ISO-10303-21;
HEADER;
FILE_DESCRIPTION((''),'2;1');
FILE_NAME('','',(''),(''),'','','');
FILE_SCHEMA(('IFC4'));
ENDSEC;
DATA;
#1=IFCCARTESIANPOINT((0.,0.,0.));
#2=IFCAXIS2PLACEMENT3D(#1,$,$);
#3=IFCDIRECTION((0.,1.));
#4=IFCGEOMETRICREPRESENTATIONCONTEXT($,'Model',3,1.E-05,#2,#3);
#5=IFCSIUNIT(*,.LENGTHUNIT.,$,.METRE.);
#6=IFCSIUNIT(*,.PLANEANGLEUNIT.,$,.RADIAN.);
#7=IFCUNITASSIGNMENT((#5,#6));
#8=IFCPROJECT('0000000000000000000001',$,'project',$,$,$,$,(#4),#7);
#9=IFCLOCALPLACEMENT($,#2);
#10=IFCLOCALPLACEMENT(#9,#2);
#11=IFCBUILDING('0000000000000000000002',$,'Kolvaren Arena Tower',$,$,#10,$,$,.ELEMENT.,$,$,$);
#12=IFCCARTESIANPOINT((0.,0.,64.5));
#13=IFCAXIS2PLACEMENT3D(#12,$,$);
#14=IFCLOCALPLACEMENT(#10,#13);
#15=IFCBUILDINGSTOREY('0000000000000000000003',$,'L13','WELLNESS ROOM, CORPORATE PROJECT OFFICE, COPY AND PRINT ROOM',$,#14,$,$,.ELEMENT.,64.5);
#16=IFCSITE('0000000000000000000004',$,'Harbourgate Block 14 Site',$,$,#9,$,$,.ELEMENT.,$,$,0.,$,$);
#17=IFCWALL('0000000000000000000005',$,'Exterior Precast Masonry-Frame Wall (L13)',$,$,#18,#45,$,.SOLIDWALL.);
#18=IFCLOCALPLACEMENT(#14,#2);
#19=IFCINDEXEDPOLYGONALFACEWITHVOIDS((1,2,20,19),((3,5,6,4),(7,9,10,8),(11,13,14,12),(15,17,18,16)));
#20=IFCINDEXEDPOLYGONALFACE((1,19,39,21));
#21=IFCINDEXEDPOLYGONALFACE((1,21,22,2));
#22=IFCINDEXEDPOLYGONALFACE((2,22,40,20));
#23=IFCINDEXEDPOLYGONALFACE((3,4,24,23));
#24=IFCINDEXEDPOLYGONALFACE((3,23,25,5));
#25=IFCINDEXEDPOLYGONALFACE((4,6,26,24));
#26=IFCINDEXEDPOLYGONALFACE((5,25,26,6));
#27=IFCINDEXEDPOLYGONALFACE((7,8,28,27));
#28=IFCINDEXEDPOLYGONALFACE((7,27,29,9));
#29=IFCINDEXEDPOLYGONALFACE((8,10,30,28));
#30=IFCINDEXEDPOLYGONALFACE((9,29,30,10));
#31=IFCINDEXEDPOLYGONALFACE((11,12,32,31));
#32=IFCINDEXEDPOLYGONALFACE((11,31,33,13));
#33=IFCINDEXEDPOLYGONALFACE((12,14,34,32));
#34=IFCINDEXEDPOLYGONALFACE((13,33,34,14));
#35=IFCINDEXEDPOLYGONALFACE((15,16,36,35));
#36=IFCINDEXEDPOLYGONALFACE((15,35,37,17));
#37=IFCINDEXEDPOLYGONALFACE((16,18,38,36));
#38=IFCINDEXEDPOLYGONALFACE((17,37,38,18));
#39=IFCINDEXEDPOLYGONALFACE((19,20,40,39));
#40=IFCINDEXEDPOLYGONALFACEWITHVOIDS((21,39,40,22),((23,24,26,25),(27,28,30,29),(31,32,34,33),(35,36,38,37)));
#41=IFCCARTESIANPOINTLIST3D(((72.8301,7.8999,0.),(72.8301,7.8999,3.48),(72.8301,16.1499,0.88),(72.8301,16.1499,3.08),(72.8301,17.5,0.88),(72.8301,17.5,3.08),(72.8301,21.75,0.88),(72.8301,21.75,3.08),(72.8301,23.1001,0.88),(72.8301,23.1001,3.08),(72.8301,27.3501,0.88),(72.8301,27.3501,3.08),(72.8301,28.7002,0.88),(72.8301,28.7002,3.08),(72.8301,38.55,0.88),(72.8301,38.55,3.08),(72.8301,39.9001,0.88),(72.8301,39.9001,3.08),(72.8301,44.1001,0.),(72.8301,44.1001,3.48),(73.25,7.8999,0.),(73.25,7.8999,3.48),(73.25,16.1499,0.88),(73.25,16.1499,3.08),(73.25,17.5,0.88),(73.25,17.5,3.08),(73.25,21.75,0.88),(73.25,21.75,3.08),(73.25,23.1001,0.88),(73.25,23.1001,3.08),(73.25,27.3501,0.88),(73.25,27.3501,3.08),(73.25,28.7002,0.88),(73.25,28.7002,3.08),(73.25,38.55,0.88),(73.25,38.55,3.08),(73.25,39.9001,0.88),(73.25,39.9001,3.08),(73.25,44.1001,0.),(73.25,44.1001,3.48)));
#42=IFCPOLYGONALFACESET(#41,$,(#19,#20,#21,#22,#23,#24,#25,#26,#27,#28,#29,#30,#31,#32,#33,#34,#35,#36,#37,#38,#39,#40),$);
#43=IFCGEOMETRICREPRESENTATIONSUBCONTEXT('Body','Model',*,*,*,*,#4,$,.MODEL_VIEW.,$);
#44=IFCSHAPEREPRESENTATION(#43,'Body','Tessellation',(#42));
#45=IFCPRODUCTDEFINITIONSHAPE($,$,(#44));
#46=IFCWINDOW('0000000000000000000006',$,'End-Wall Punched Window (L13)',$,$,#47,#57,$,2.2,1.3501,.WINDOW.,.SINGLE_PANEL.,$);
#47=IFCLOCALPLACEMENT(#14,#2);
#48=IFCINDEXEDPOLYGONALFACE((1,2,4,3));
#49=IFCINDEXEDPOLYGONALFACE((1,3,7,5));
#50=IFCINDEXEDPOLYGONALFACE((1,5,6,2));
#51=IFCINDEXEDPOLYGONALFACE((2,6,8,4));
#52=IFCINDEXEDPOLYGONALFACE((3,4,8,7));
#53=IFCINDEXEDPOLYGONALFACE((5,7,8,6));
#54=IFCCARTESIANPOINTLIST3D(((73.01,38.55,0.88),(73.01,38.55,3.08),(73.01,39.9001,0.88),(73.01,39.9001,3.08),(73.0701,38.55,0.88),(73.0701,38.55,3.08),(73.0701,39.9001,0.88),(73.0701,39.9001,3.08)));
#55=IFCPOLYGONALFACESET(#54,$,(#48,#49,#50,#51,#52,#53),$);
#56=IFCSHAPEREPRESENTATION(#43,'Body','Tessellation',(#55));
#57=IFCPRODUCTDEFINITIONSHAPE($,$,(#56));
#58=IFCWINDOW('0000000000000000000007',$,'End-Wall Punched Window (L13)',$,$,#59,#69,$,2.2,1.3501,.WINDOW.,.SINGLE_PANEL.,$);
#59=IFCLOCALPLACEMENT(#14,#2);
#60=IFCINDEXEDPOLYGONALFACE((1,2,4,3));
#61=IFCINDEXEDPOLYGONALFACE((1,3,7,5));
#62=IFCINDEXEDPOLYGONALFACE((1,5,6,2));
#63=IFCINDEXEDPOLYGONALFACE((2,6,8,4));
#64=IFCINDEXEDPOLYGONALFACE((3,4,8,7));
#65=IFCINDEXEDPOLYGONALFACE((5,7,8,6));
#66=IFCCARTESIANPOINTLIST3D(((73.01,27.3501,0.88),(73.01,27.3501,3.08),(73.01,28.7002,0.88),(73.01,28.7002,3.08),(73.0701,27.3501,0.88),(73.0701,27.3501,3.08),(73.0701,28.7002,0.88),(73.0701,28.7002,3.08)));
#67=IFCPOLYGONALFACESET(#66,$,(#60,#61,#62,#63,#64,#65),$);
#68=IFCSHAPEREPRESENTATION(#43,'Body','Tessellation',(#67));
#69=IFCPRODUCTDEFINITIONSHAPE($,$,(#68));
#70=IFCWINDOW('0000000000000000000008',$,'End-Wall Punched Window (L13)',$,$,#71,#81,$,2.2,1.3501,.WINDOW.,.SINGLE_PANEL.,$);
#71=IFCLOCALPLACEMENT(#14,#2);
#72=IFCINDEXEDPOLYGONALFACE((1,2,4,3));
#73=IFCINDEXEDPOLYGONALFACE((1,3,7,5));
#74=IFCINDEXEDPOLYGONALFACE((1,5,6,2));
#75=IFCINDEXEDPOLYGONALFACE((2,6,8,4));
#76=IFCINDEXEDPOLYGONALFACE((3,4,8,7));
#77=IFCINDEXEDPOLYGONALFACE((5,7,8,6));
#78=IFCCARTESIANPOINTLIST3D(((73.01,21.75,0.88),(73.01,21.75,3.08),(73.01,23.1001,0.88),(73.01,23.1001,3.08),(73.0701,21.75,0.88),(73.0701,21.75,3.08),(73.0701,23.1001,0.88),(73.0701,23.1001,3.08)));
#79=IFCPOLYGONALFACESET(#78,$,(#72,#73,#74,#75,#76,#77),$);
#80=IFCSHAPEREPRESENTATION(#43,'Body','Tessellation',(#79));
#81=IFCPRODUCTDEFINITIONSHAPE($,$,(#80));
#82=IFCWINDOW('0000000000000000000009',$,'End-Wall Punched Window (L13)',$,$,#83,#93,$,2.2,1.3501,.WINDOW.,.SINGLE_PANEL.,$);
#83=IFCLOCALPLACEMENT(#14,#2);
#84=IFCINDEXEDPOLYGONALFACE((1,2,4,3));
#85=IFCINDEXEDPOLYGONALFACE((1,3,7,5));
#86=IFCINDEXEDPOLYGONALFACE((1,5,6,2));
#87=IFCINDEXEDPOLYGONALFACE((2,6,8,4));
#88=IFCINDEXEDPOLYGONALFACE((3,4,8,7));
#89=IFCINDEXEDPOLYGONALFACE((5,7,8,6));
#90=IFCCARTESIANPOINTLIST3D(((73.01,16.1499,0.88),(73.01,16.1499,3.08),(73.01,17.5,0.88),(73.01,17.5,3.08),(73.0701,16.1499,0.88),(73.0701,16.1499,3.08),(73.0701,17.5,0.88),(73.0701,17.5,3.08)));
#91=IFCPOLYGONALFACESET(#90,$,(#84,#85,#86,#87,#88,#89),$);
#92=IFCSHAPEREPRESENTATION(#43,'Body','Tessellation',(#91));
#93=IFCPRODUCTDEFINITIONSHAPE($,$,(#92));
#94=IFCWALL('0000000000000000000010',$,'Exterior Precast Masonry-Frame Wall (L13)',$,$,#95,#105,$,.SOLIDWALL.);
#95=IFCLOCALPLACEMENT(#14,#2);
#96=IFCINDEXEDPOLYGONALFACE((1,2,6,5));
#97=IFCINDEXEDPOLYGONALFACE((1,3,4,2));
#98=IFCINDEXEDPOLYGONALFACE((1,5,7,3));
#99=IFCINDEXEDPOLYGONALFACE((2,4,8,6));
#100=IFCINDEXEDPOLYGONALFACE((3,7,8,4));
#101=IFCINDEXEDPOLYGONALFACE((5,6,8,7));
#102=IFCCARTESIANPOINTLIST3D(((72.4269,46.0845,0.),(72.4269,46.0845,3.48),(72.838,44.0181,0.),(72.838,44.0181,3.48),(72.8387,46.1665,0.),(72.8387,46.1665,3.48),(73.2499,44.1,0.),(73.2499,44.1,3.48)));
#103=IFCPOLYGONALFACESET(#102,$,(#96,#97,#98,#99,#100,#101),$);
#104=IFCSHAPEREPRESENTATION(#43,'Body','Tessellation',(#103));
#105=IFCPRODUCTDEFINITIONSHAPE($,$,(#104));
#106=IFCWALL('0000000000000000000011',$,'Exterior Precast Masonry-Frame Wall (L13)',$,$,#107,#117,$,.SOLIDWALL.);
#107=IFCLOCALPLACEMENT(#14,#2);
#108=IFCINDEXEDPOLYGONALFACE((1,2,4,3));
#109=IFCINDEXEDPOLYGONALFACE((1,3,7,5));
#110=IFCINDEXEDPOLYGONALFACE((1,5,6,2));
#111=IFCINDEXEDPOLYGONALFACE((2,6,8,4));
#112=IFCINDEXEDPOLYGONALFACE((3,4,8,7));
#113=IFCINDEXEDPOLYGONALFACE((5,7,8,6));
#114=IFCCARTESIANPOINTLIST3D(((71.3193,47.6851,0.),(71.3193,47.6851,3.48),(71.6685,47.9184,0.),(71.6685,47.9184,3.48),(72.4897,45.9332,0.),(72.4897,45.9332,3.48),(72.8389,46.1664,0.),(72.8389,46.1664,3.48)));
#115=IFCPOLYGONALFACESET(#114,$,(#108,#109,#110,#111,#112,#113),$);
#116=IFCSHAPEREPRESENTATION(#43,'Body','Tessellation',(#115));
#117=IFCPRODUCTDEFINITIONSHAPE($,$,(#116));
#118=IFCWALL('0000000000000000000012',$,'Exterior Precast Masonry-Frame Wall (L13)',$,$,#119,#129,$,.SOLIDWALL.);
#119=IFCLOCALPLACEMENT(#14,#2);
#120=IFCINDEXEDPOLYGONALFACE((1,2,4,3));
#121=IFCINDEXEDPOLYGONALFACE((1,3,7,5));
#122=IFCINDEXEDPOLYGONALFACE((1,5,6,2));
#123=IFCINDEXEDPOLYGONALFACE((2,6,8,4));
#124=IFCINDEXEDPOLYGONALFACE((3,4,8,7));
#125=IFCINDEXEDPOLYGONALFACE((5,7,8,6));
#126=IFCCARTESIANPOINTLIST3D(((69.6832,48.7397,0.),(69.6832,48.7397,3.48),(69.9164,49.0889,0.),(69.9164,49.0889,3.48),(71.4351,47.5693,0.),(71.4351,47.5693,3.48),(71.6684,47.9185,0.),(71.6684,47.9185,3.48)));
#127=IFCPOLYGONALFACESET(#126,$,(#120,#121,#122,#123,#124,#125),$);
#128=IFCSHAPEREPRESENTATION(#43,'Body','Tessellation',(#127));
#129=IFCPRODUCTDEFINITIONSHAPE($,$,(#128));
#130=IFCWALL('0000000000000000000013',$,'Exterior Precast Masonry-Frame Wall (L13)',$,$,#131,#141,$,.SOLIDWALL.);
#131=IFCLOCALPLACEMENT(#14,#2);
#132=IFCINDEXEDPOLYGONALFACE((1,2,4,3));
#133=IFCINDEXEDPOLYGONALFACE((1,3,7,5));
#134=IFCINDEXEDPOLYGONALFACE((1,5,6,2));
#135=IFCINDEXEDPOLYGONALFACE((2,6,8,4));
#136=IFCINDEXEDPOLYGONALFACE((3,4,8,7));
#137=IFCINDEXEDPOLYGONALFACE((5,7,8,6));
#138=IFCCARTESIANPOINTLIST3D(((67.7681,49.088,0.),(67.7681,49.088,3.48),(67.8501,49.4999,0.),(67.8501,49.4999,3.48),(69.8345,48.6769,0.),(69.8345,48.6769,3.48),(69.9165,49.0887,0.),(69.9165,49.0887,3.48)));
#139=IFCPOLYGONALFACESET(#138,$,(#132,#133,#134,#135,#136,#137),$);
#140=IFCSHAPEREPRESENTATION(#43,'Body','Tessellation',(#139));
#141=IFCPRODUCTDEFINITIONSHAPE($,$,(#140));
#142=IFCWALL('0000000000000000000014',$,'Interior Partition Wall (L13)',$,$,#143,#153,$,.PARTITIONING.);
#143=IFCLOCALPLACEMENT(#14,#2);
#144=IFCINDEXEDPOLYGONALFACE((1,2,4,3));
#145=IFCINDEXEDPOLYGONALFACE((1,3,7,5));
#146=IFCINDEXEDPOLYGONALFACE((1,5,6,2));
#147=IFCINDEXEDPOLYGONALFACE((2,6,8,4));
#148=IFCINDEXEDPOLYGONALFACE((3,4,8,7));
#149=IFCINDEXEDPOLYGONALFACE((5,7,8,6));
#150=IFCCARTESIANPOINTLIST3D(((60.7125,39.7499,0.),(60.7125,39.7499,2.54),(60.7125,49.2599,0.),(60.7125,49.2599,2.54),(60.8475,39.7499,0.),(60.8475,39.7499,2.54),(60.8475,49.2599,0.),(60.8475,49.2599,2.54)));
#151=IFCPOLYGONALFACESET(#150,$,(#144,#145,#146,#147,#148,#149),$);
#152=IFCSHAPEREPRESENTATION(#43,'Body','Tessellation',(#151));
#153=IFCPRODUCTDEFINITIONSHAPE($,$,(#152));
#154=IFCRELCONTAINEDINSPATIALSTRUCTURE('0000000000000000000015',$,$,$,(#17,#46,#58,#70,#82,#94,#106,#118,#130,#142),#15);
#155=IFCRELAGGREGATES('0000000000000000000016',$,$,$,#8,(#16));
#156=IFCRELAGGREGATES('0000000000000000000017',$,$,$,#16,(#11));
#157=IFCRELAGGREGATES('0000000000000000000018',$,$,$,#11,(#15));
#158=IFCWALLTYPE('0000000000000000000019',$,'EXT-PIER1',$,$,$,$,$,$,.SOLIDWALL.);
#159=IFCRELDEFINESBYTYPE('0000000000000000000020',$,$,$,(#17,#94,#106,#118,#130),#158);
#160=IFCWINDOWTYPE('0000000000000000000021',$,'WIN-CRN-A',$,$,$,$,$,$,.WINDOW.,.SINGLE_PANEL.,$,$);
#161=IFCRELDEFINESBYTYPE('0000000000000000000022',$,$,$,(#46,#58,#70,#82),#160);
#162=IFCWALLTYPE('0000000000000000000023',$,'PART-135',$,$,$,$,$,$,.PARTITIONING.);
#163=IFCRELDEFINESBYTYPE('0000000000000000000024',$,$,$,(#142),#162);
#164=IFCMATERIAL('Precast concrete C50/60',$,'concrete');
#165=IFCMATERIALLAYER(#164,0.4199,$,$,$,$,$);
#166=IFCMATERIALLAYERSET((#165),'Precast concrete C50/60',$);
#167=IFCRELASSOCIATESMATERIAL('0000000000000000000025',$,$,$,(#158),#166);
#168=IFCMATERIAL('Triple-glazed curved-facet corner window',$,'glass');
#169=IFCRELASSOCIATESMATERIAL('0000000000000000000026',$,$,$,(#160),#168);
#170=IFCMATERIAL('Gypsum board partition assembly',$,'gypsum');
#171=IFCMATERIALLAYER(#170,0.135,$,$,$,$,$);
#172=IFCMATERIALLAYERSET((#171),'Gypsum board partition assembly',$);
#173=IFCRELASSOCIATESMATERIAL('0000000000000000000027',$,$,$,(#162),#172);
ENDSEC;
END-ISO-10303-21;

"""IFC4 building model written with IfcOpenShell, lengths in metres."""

from ifc_helpers import new_model, si_unit, direction, frame, frame_2d, origin, place, context, subcontext, project, spatial, rectangle, extrude, material, layer, layer_set, type_object, element, fill, save


model = new_model("IFC4")

# Units and contexts
model_context = context("Model", 3, precision=1e-05, world=origin(), true_north=direction((0.0, 1.0)))
body_context = subcontext(model_context, "Body", "Model", "MODEL_VIEW")
ifc_project = project(units=[si_unit("LENGTHUNIT", "METRE"), si_unit("PLANEANGLEUNIT", "RADIAN")], contexts=[model_context])

# Site, building, storey
site_placement = place(None, origin())
site = spatial("IfcSite", under=ifc_project, at=site_placement, Name="Harbourgate Block 14 Site", CompositionType="ELEMENT", RefElevation=0.0)
building_placement = place(site_placement, origin())
building = spatial("IfcBuilding", under=site, at=building_placement, Name="Kolvaren Arena Tower", CompositionType="ELEMENT")
storey_placement = place(building_placement, frame((0.0, 0.0, 64.5)))
storey = spatial("IfcBuildingStorey", under=building, at=storey_placement, Name="L13", Description="WELLNESS ROOM, CORPORATE PROJECT OFFICE, COPY AND PRINT ROOM", CompositionType="ELEMENT", Elevation=64.5)

# Wall, openings, windows
ifc_material_1 = material(Name="Precast concrete C50/60", Category="concrete")
ifc_layer_1 = layer(ifc_material_1, 0.4199)
ifc_layer_set_1 = layer_set([ifc_layer_1], Name="Precast concrete C50/60")
wall_type_1 = type_object("IfcWallType", Name="EXT-PIER1", PredefinedType="SOLIDWALL", material=ifc_layer_set_1)
wall_1_placement = place(storey_placement, frame((73.04, 44.1001, 0.0), z_axis=(0.0, 0.0, 1.0), x_axis=(0.0, -1.0, 0.0)))
wall_1 = element("IfcWall", 1, at=wall_1_placement, inside=storey, type_object=wall_type_1, Name="Exterior Precast Masonry-Frame Wall (L13)", PredefinedType="SOLIDWALL", context=body_context, shape_type="SweptSolid", body=[
    extrude(rectangle(XDim=36.2002, YDim=0.4199, at=frame_2d((18.1001, 0.0))), origin(), (0.0, 0.0, 1.0), 3.48),
])
opening_1_placement = place(wall_1_placement, frame((4.2, 0.0, 0.8799)))
opening_1 = element("IfcOpeningElement", 2, at=opening_1_placement, cuts=wall_1, PredefinedType="OPENING", context=body_context, shape_type="SweptSolid", body=[
    extrude(rectangle(XDim=1.3501, YDim=2.2, at=frame_2d((0.675, 1.1001))), frame((0.0, 0.22, 0.0), z_axis=(0.0, -1.0, 0.0), x_axis=(1.0, 0.0, 0.0)), (0.0, 0.0, 1.0), 0.4399),
])
opening_2_placement = place(wall_1_placement, frame((15.3999, 0.0, 0.8799)))
opening_2 = element("IfcOpeningElement", 3, at=opening_2_placement, cuts=wall_1, PredefinedType="OPENING", context=body_context, shape_type="SweptSolid", body=[
    extrude(rectangle(XDim=1.3501, YDim=2.2, at=frame_2d((0.675, 1.1001))), frame((0.0, 0.22, 0.0), z_axis=(0.0, -1.0, 0.0), x_axis=(1.0, 0.0, 0.0)), (0.0, 0.0, 1.0), 0.4399),
])
opening_3_placement = place(wall_1_placement, frame((21.0, 0.0, 0.8799)))
opening_3 = element("IfcOpeningElement", 4, at=opening_3_placement, cuts=wall_1, PredefinedType="OPENING", context=body_context, shape_type="SweptSolid", body=[
    extrude(rectangle(XDim=1.3501, YDim=2.2, at=frame_2d((0.675, 1.1001))), frame((0.0, 0.22, 0.0), z_axis=(0.0, -1.0, 0.0), x_axis=(1.0, 0.0, 0.0)), (0.0, 0.0, 1.0), 0.4399),
])
opening_4_placement = place(wall_1_placement, frame((26.6001, 0.0, 0.8799)))
opening_4 = element("IfcOpeningElement", 5, at=opening_4_placement, cuts=wall_1, PredefinedType="OPENING", context=body_context, shape_type="SweptSolid", body=[
    extrude(rectangle(XDim=1.3501, YDim=2.2, at=frame_2d((0.675, 1.1001))), frame((0.0, 0.22, 0.0), z_axis=(0.0, -1.0, 0.0), x_axis=(1.0, 0.0, 0.0)), (0.0, 0.0, 1.0), 0.4399),
])
ifc_material_2 = material(Name="Triple-glazed curved-facet corner window", Category="glass")
window_type = type_object("IfcWindowType", Name="WIN-CRN-A", PartitioningType="SINGLE_PANEL", PredefinedType="WINDOW", material=ifc_material_2)
window_1_placement = place(opening_1_placement, origin())
window_1 = element("IfcWindow", 6, at=window_1_placement, inside=storey, type_object=window_type, Name="End-Wall Punched Window (L13)", OverallHeight=2.2, OverallWidth=1.3501, PartitioningType="SINGLE_PANEL", PredefinedType="WINDOW", context=body_context, shape_type="SweptSolid", body=[
    extrude(rectangle(XDim=1.3501, YDim=2.2, at=frame_2d((0.675, 1.1001))), frame((0.0, 0.03, 0.0), z_axis=(0.0, -1.0, 0.0), x_axis=(1.0, 0.0, 0.0)), (0.0, 0.0, 1.0), 0.0601),
])
fill(opening_1, window_1)
window_2_placement = place(opening_2_placement, origin())
window_2 = element("IfcWindow", 7, at=window_2_placement, inside=storey, type_object=window_type, Name="End-Wall Punched Window (L13)", OverallHeight=2.2, OverallWidth=1.3501, PartitioningType="SINGLE_PANEL", PredefinedType="WINDOW", context=body_context, shape_type="SweptSolid", body=[
    extrude(rectangle(XDim=1.3501, YDim=2.2, at=frame_2d((0.675, 1.1001))), frame((0.0, 0.03, 0.0), z_axis=(0.0, -1.0, 0.0), x_axis=(1.0, 0.0, 0.0)), (0.0, 0.0, 1.0), 0.0601),
])
fill(opening_2, window_2)
window_3_placement = place(opening_3_placement, origin())
window_3 = element("IfcWindow", 8, at=window_3_placement, inside=storey, type_object=window_type, Name="End-Wall Punched Window (L13)", OverallHeight=2.2, OverallWidth=1.3501, PartitioningType="SINGLE_PANEL", PredefinedType="WINDOW", context=body_context, shape_type="SweptSolid", body=[
    extrude(rectangle(XDim=1.3501, YDim=2.2, at=frame_2d((0.675, 1.1001))), frame((0.0, 0.03, 0.0), z_axis=(0.0, -1.0, 0.0), x_axis=(1.0, 0.0, 0.0)), (0.0, 0.0, 1.0), 0.0601),
])
fill(opening_3, window_3)
window_4_placement = place(opening_4_placement, origin())
window_4 = element("IfcWindow", 9, at=window_4_placement, inside=storey, type_object=window_type, Name="End-Wall Punched Window (L13)", OverallHeight=2.2, OverallWidth=1.3501, PartitioningType="SINGLE_PANEL", PredefinedType="WINDOW", context=body_context, shape_type="SweptSolid", body=[
    extrude(rectangle(XDim=1.3501, YDim=2.2, at=frame_2d((0.675, 1.1001))), frame((0.0, 0.03, 0.0), z_axis=(0.0, -1.0, 0.0), x_axis=(1.0, 0.0, 0.0)), (0.0, 0.0, 1.0), 0.0601),
])
fill(opening_4, window_4)

# Walls
for number, where, z_axis, x_axis, name in (
    (10, (72.6328, 46.1255, 0.0), (0.0, 0.0, 1.0), (0.195136, -0.980776, 0.0), "Exterior Precast Masonry-Frame Wall (L13)"),
    (11, (71.4939, 47.8018, 0.0), (0.0, 0.0, 1.0), (0.555502, -0.831515, 0.0), "Exterior Precast Masonry-Frame Wall (L13)"),
    (12, (69.7998, 48.9143, 0.0), (0.0, 0.0, 1.0), (0.831515, -0.555502, 0.0), "Exterior Precast Masonry-Frame Wall (L13)"),
    (13, (67.8091, 49.2939, 0.0), (0.0, 0.0, 1.0), (0.980776, -0.195136, 0.0), "Exterior Precast Masonry-Frame Wall (L13)"),
):
    element("IfcWall", number, at=place(storey_placement, frame(where, z_axis=z_axis, x_axis=x_axis)), inside=storey, type_object=wall_type_1, Name=name, PredefinedType="SOLIDWALL", context=body_context, shape_type="SweptSolid", body=[
        extrude(rectangle(XDim=2.1069, YDim=0.4199, at=frame_2d((1.0535, 0.0))), origin(), (0.0, 0.0, 1.0), 3.48),
    ])
ifc_material_3 = material(Name="Gypsum board partition assembly", Category="gypsum")
ifc_layer_2 = layer(ifc_material_3, 0.135)
ifc_layer_set_2 = layer_set([ifc_layer_2], Name="Gypsum board partition assembly")
wall_type_2 = type_object("IfcWallType", Name="PART-135", PredefinedType="PARTITIONING", material=ifc_layer_set_2)
wall_2_placement = place(storey_placement, frame((60.78, 39.75, 0.0), z_axis=(0.0, 0.0, 1.0), x_axis=(0.0, 1.0, 0.0)))
element("IfcWall", 14, at=wall_2_placement, inside=storey, type_object=wall_type_2, Name="Interior Partition Wall (L13)", PredefinedType="PARTITIONING", context=body_context, shape_type="SweptSolid", body=[
    extrude(rectangle(XDim=9.51, YDim=0.135, at=frame_2d((4.7549, 0.0))), origin(), (0.0, 0.0, 1.0), 2.54),
])

save(model, "model.ifc")
